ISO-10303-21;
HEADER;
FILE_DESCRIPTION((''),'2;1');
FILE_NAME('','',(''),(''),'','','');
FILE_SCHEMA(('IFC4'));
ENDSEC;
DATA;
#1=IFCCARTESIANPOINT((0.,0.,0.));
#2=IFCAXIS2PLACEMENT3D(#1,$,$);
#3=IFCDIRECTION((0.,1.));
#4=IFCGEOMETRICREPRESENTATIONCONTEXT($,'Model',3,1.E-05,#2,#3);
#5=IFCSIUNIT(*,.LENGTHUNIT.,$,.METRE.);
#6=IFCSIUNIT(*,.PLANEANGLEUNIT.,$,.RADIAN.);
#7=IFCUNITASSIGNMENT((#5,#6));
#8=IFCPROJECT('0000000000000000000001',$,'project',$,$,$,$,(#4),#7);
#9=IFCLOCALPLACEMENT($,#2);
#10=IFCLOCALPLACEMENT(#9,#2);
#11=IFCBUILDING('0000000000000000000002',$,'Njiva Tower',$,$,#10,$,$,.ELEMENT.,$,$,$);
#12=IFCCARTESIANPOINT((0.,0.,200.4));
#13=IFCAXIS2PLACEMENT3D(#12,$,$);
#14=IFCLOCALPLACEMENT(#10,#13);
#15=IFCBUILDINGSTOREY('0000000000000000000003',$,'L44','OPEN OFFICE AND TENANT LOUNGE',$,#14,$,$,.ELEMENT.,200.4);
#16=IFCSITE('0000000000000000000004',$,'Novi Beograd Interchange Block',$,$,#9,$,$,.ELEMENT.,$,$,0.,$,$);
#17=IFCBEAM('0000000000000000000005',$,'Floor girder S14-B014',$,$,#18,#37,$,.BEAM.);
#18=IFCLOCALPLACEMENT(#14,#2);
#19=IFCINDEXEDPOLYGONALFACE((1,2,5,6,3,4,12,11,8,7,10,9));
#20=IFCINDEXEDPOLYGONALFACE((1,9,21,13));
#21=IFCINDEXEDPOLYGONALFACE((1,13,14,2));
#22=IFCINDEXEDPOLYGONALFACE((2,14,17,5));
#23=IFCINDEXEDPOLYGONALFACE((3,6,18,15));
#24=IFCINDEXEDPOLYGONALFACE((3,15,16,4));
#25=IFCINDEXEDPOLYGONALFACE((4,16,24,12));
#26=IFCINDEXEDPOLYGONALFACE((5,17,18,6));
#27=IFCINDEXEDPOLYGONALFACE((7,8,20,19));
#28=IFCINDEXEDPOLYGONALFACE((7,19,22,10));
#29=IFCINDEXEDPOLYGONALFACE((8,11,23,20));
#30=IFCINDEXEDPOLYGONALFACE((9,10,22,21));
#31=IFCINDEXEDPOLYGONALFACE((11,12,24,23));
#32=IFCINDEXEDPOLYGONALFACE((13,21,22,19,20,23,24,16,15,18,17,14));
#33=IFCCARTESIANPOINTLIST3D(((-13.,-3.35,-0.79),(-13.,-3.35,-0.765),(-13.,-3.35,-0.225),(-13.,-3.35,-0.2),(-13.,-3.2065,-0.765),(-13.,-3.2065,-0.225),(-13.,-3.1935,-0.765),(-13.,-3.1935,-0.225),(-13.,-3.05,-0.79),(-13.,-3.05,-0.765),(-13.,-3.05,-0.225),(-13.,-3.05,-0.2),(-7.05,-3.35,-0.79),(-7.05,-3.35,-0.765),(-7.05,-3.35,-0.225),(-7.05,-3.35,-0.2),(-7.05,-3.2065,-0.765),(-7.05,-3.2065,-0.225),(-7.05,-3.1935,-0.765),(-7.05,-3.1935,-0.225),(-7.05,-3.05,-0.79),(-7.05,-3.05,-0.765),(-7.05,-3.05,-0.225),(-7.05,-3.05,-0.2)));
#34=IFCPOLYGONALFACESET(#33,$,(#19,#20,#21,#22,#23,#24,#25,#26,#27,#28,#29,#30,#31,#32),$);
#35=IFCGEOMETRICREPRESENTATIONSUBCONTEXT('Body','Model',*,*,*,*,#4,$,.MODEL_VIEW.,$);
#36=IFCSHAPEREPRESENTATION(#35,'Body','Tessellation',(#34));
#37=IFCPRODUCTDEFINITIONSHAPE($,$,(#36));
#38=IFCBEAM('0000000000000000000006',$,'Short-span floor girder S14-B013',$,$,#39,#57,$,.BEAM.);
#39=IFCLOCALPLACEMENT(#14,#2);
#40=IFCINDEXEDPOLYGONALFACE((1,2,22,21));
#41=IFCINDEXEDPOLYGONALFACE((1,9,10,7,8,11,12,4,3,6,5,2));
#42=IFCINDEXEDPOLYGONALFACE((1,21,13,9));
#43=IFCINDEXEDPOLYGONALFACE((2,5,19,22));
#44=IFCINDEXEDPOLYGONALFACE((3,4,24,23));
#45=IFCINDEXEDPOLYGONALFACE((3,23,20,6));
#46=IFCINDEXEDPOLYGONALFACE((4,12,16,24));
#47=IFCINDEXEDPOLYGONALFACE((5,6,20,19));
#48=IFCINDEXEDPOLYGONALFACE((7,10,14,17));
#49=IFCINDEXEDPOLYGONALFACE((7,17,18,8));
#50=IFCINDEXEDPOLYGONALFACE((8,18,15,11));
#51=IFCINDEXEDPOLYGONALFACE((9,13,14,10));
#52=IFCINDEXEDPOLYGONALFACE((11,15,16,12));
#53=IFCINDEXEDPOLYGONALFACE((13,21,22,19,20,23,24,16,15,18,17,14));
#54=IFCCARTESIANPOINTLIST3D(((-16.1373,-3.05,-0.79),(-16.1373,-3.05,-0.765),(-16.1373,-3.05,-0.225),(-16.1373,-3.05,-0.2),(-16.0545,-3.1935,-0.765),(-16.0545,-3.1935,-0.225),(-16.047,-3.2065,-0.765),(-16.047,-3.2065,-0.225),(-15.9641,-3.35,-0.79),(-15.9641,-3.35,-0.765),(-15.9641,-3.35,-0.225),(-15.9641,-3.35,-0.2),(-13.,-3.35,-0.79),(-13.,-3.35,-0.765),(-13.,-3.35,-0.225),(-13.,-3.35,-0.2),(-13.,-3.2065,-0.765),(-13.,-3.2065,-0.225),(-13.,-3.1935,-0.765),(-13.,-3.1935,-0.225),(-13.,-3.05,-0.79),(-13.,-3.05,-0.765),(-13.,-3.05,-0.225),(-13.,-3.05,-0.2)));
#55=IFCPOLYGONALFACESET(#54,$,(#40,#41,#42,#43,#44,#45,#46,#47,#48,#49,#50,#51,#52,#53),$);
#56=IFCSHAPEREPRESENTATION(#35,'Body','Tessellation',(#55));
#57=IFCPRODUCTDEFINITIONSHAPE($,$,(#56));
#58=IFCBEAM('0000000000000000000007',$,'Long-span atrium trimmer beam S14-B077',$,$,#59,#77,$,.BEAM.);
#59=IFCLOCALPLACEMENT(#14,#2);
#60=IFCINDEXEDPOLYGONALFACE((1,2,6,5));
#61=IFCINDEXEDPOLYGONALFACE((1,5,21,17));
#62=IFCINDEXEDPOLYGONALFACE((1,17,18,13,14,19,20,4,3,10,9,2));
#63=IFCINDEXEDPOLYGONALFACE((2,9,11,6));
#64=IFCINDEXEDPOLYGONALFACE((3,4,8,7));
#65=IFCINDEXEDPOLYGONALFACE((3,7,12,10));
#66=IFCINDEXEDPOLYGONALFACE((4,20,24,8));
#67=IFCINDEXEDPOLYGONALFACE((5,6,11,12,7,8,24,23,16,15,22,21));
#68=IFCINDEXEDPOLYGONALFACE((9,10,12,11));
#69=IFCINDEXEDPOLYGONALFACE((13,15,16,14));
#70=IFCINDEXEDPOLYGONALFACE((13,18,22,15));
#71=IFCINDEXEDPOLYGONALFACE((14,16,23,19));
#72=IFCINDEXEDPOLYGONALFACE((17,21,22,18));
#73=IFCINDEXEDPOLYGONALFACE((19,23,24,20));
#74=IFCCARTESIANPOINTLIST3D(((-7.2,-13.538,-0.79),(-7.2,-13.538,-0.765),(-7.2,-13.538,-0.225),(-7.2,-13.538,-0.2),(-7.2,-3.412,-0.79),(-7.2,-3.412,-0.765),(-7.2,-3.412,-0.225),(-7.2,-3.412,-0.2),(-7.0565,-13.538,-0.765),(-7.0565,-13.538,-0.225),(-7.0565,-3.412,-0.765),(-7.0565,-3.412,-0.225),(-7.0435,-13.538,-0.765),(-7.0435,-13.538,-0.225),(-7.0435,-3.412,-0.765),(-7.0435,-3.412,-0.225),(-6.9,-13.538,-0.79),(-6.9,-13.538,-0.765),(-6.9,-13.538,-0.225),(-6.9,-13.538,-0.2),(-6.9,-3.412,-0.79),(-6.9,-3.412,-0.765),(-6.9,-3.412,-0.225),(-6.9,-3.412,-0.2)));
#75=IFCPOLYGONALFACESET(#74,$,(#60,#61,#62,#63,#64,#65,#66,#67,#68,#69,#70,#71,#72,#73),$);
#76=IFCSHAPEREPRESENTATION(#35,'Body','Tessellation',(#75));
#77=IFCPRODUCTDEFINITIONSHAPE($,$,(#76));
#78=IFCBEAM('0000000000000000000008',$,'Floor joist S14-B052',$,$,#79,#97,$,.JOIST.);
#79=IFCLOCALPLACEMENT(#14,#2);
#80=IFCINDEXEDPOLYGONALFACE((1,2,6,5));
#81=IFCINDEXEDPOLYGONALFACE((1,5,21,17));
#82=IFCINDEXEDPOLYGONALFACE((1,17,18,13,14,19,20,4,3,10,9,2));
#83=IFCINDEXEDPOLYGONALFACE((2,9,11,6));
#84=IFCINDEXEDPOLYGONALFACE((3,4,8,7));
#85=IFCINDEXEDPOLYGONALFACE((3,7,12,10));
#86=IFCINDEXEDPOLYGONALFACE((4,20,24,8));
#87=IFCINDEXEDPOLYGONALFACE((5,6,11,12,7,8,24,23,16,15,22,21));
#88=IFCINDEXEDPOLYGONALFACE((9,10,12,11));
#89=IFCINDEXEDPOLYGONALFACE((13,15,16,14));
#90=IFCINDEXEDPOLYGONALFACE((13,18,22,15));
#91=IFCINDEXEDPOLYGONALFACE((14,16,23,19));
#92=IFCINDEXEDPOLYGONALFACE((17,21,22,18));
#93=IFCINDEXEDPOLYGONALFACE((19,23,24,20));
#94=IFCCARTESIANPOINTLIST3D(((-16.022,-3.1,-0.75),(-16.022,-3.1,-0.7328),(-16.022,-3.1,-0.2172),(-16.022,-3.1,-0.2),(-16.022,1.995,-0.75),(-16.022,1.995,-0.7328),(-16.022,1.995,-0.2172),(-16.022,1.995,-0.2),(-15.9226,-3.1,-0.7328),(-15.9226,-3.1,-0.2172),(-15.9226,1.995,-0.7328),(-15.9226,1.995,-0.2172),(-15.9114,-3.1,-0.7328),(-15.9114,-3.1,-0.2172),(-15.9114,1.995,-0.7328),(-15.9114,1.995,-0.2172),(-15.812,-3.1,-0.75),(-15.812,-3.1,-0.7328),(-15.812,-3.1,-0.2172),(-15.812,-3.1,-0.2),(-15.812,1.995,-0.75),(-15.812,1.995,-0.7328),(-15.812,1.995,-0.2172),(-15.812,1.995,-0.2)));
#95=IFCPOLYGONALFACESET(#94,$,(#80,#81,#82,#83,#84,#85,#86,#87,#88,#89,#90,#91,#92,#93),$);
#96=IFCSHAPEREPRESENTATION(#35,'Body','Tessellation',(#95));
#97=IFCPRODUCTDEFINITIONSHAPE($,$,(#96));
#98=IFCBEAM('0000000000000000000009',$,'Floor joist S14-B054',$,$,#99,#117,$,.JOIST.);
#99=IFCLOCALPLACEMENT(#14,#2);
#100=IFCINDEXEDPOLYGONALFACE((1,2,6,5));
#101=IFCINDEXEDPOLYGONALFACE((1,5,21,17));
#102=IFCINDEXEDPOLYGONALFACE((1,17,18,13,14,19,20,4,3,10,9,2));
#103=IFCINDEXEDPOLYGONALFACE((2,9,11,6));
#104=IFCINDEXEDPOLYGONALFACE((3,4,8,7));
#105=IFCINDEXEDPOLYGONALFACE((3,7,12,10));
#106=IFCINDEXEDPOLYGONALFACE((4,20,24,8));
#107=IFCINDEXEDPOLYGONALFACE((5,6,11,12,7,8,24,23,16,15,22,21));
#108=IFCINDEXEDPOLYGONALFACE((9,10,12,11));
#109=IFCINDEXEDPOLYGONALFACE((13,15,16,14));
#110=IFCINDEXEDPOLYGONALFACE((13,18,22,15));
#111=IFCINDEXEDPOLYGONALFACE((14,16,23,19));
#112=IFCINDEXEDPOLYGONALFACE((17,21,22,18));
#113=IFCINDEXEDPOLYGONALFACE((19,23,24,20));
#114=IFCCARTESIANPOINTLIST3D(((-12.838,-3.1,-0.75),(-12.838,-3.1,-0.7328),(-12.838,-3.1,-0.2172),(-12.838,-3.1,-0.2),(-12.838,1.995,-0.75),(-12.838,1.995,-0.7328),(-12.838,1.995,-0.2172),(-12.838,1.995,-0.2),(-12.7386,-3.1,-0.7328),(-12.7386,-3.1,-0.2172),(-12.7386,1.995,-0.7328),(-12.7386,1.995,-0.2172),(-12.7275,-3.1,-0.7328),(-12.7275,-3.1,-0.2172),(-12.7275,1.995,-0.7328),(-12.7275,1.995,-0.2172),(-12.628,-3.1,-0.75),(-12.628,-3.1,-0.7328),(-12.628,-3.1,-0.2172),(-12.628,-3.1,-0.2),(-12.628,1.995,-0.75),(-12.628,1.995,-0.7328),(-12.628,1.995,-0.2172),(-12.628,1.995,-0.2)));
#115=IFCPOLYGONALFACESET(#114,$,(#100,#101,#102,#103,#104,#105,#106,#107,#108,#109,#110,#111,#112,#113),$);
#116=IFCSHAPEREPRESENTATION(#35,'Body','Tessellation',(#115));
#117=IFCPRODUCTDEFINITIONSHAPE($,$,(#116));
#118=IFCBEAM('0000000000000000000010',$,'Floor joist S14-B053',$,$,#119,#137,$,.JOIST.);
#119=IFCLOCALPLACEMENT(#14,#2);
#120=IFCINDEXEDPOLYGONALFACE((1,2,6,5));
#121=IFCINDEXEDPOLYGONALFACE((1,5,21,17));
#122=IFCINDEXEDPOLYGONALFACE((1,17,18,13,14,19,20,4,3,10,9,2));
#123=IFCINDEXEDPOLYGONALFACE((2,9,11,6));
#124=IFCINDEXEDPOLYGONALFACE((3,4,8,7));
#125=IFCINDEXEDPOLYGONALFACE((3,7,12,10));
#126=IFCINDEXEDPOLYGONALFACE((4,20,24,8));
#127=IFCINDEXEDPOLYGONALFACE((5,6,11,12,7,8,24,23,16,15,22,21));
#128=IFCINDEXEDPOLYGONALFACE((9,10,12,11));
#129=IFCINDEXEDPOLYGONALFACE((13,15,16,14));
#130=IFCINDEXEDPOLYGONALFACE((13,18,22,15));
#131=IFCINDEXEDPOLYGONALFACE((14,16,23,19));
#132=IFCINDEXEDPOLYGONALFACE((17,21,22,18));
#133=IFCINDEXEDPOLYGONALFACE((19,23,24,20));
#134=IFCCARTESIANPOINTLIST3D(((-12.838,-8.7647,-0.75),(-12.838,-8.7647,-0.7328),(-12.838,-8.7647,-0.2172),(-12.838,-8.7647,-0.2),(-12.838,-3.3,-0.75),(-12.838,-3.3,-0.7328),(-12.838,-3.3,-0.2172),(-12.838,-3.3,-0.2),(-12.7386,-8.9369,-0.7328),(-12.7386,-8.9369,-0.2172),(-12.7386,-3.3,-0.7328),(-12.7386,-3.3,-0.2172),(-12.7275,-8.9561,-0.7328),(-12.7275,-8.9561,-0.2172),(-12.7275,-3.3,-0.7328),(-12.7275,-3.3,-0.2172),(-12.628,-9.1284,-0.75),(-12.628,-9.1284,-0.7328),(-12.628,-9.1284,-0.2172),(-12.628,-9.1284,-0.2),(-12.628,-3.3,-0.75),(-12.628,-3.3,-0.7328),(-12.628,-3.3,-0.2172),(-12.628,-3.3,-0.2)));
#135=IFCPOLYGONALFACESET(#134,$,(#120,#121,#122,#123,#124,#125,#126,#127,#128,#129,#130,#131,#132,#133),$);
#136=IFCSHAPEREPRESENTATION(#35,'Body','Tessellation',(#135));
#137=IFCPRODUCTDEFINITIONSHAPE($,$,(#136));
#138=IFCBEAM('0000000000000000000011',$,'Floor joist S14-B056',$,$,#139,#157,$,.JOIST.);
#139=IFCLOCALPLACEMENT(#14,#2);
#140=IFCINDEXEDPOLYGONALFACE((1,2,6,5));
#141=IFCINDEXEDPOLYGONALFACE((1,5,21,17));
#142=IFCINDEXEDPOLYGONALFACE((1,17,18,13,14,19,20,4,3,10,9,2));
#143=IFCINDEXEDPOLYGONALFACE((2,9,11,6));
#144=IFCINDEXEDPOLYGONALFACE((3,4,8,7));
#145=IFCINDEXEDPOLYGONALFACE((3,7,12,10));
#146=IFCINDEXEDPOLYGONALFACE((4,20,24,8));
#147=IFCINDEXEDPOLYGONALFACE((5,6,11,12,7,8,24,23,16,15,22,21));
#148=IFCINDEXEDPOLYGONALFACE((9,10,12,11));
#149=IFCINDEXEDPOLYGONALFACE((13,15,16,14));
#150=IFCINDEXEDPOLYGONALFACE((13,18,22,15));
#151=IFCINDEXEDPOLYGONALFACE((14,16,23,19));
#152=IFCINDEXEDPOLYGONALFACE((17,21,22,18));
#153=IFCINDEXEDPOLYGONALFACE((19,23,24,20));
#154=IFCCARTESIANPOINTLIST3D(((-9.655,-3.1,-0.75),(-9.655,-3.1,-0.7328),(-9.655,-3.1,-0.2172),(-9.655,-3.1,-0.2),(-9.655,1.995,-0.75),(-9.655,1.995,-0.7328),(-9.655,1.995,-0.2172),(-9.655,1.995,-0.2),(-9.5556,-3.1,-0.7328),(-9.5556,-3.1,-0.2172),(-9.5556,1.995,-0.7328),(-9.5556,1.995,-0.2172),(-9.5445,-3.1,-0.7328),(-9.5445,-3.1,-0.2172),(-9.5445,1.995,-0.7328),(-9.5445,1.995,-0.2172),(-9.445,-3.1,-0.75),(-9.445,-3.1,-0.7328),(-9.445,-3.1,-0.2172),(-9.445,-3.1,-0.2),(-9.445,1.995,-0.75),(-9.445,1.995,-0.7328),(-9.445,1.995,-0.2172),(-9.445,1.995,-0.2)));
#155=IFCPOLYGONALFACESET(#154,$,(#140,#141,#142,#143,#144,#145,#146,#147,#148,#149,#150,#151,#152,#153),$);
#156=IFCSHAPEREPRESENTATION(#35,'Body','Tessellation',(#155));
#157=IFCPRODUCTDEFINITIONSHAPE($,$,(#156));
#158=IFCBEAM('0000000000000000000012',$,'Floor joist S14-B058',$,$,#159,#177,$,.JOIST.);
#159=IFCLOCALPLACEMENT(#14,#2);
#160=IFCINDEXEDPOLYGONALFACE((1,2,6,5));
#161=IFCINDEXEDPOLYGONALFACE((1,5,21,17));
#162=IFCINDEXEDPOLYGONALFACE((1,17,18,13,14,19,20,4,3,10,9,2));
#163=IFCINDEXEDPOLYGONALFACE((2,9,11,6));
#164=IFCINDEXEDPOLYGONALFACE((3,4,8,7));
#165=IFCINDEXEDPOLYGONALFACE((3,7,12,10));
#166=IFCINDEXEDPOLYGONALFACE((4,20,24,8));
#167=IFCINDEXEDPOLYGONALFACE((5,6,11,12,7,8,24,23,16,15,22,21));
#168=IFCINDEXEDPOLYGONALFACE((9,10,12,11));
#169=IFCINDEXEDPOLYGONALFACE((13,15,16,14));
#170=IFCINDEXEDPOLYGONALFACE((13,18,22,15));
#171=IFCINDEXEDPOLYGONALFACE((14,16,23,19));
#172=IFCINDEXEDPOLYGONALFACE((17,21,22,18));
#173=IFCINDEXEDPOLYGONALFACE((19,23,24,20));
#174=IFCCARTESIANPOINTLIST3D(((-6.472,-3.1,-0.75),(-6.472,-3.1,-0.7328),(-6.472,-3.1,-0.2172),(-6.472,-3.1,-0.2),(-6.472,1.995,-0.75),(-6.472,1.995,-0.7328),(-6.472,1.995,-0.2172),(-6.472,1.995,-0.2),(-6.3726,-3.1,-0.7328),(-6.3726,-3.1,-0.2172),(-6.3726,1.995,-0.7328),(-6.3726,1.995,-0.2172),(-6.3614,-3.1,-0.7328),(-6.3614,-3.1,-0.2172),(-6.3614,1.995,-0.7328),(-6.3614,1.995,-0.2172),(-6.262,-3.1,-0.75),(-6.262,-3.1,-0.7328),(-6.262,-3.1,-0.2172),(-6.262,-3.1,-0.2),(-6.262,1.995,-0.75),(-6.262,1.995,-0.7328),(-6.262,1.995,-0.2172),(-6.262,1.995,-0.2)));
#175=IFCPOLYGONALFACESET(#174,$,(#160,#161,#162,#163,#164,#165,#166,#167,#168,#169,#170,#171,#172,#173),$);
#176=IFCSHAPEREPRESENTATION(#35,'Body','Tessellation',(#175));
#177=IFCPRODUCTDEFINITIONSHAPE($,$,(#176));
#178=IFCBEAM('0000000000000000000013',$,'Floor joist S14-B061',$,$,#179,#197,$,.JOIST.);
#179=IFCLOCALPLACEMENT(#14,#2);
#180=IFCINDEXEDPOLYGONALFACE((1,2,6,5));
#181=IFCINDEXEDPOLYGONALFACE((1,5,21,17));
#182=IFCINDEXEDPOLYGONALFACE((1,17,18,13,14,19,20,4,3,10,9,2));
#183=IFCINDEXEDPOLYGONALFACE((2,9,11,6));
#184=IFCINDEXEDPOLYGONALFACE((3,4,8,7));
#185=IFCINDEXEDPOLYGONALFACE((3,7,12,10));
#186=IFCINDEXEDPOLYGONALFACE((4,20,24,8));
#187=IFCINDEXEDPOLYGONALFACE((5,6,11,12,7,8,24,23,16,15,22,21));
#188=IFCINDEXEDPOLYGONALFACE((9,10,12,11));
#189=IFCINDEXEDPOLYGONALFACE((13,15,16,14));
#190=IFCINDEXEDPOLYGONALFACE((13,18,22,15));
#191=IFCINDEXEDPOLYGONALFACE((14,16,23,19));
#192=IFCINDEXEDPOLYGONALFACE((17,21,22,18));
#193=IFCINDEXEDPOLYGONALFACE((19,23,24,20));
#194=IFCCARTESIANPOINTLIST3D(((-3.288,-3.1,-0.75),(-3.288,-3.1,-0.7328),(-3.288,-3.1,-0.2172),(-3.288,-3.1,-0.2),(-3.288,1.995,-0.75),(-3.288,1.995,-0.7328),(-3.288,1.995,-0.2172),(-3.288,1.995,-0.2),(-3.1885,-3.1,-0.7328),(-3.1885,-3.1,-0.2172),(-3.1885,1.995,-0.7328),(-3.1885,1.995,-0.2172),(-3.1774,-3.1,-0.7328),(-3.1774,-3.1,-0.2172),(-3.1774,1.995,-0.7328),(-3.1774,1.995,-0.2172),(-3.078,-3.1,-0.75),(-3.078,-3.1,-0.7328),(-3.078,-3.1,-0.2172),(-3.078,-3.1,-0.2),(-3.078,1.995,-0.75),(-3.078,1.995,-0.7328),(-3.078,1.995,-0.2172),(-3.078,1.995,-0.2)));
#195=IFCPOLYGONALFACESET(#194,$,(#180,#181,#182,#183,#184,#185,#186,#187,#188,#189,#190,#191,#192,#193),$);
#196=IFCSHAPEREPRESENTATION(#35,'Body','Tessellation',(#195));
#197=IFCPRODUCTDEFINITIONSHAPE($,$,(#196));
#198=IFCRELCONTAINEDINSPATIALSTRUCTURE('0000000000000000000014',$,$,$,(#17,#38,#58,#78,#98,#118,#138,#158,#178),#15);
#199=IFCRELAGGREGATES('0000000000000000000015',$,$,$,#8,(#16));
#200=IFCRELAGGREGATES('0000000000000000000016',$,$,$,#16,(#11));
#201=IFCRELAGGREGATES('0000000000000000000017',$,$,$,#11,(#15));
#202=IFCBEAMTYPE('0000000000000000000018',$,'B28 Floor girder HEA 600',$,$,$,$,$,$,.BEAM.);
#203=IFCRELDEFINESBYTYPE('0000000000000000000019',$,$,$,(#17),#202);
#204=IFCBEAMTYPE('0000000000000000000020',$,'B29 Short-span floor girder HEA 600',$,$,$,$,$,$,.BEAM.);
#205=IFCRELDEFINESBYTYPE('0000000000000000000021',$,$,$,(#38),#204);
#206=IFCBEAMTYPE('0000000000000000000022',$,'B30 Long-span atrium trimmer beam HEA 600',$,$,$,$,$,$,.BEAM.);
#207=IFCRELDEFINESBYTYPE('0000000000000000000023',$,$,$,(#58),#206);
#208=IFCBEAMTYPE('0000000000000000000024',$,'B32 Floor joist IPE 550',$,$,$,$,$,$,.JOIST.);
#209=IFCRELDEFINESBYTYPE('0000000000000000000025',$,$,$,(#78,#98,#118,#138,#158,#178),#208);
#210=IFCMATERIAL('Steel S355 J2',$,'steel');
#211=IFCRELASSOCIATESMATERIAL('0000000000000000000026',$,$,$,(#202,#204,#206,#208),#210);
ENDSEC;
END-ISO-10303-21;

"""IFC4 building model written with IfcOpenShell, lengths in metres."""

from ifc_helpers import new_model, si_unit, direction, frame, origin, origin_2d, place, context, subcontext, project, spatial, i_section, extrude, clip, halfspace, material, material_profile, profile_set, type_object, element, save


model = new_model("IFC4")

# Units and contexts
model_context = context("Model", 3, precision=1e-05, world=origin(), true_north=direction((0.0, 1.0)))
body_context = subcontext(model_context, "Body", "Model", "MODEL_VIEW")
ifc_project = project(units=[si_unit("LENGTHUNIT", "METRE"), si_unit("PLANEANGLEUNIT", "RADIAN")], contexts=[model_context])

# Site, building, storey
site_placement = place(None, origin())
site = spatial("IfcSite", under=ifc_project, at=site_placement, Name="Novi Beograd Interchange Block", CompositionType="ELEMENT", RefElevation=0.0)
building_placement = place(site_placement, origin())
building = spatial("IfcBuilding", under=site, at=building_placement, Name="Njiva Tower", CompositionType="ELEMENT")
storey_placement = place(building_placement, frame((0.0, 0.0, 200.4)))
storey = spatial("IfcBuildingStorey", under=building, at=storey_placement, Name="L44", Description="OPEN OFFICE AND TENANT LOUNGE", CompositionType="ELEMENT", Elevation=200.4)

# Shared definitions
ifc_material_1 = material(Name="Steel S355 J2", Category="steel")

# Beams
ifc_material_profile_1 = material_profile(ifc_material_1, i_section(OverallWidth=0.3, OverallDepth=0.59, WebThickness=0.013, FlangeThickness=0.025, at=origin_2d()), Name="HEA 600")
ifc_profile_set_1 = profile_set([ifc_material_profile_1], Name="Steel S355 J2")
beam_type_1 = type_object("IfcBeamType", Name="B28 Floor girder HEA 600", PredefinedType="BEAM", material=ifc_profile_set_1)
beam_1_placement = place(storey_placement, frame((-13.0, -3.2, -0.495), z_axis=(1.0, 0.0, 0.0), x_axis=(0.0, 1.0, 0.0)))
element("IfcBeam", 1, at=beam_1_placement, inside=storey, type_object=beam_type_1, Name="Floor girder S14-B014", PredefinedType="BEAM", context=body_context, shape_type="SweptSolid", body=[
    extrude(i_section(OverallWidth=0.3, OverallDepth=0.59, WebThickness=0.013, FlangeThickness=0.025, at=origin_2d()), origin(), (0.0, 0.0, 1.0), 5.95),
])
ifc_material_profile_2 = material_profile(ifc_material_1, i_section(OverallWidth=0.3, OverallDepth=0.59, WebThickness=0.013, FlangeThickness=0.025, at=origin_2d()), Name="HEA 600")
ifc_profile_set_2 = profile_set([ifc_material_profile_2], Name="Steel S355 J2")
beam_type_2 = type_object("IfcBeamType", Name="B29 Short-span floor girder HEA 600", PredefinedType="BEAM", material=ifc_profile_set_2)
beam_2_placement = place(storey_placement, frame((-16.158, -3.2, -0.495), z_axis=(1.0, 0.0, 0.0), x_axis=(0.0, 1.0, 0.0)))
element("IfcBeam", 2, at=beam_2_placement, inside=storey, type_object=beam_type_2, Name="Short-span floor girder S14-B013", PredefinedType="BEAM", context=body_context, shape_type="Clipping", body=[
    clip(extrude(i_section(OverallWidth=0.3, OverallDepth=0.59, WebThickness=0.013, FlangeThickness=0.025, at=origin_2d()), origin(), (0.0, 0.0, 1.0), 3.158), halfspace(frame((-0.025, 0.0, 0.1217), z_axis=(-0.499998, 0.0, -0.866027), x_axis=(0.0, -1.0, 0.0)), False)),
])
ifc_material_profile_3 = material_profile(ifc_material_1, i_section(OverallWidth=0.3, OverallDepth=0.59, WebThickness=0.013, FlangeThickness=0.025, at=origin_2d()), Name="HEA 600")
ifc_profile_set_3 = profile_set([ifc_material_profile_3], Name="Steel S355 J2")
beam_type_3 = type_object("IfcBeamType", Name="B30 Long-span atrium trimmer beam HEA 600", PredefinedType="BEAM", material=ifc_profile_set_3)
beam_3_placement = place(storey_placement, frame((-7.05, -3.412, -0.495), z_axis=(0.0, -1.0, 0.0), x_axis=(1.0, 0.0, 0.0)))
element("IfcBeam", 3, at=beam_3_placement, inside=storey, type_object=beam_type_3, Name="Long-span atrium trimmer beam S14-B077", PredefinedType="BEAM", context=body_context, shape_type="SweptSolid", body=[
    extrude(i_section(OverallWidth=0.3, OverallDepth=0.59, WebThickness=0.013, FlangeThickness=0.025, at=origin_2d()), origin(), (0.0, 0.0, 1.0), 10.126),
])
ifc_material_profile_4 = material_profile(ifc_material_1, i_section(OverallWidth=0.21, OverallDepth=0.55, WebThickness=0.0111, FlangeThickness=0.0172, at=origin_2d()), Name="IPE 550")
ifc_profile_set_4 = profile_set([ifc_material_profile_4], Name="Steel S355 J2")
beam_type_4 = type_object("IfcBeamType", Name="B32 Floor joist IPE 550", PredefinedType="JOIST", material=ifc_profile_set_4)
for number, where, z_axis, x_axis, name in (
    (4, (-15.917, 1.995, -0.475), (0.0, -1.0, 0.0), (1.0, 0.0, 0.0), "Floor joist S14-B052"),
    (5, (-12.733, 1.995, -0.475), (0.0, -1.0, 0.0), (1.0, 0.0, 0.0), "Floor joist S14-B054"),
):
    element("IfcBeam", number, at=place(storey_placement, frame(where, z_axis=z_axis, x_axis=x_axis)), inside=storey, type_object=beam_type_4, Name=name, PredefinedType="JOIST", context=body_context, shape_type="SweptSolid", body=[
        extrude(i_section(OverallWidth=0.21, OverallDepth=0.55, WebThickness=0.0111, FlangeThickness=0.0172, at=origin_2d()), origin(), (0.0, 0.0, 1.0), 5.095),
    ])
beam_4_placement = place(storey_placement, frame((-12.733, -3.3, -0.475), z_axis=(0.0, -1.0, 0.0), x_axis=(1.0, 0.0, 0.0)))
element("IfcBeam", 6, at=beam_4_placement, inside=storey, type_object=beam_type_4, Name="Floor joist S14-B053", PredefinedType="JOIST", context=body_context, shape_type="Clipping", body=[
    clip(extrude(i_section(OverallWidth=0.21, OverallDepth=0.55, WebThickness=0.0111, FlangeThickness=0.0172, at=origin_2d()), origin(), (0.0, 0.0, 1.0), 5.848), halfspace(frame((-0.0436, 0.0, 5.571), z_axis=(-0.866027, 0.0, 0.499998), x_axis=(0.0, 1.0, 0.0)), False)),
])
for number, where, z_axis, x_axis, name in (
    (7, (-9.55, 1.995, -0.475), (0.0, -1.0, 0.0), (1.0, 0.0, 0.0), "Floor joist S14-B056"),
    (8, (-6.367, 1.995, -0.475), (0.0, -1.0, 0.0), (1.0, 0.0, 0.0), "Floor joist S14-B058"),
    (9, (-3.183, 1.995, -0.475), (0.0, -1.0, 0.0), (1.0, 0.0, 0.0), "Floor joist S14-B061"),
):
    element("IfcBeam", number, at=place(storey_placement, frame(where, z_axis=z_axis, x_axis=x_axis)), inside=storey, type_object=beam_type_4, Name=name, PredefinedType="JOIST", context=body_context, shape_type="SweptSolid", body=[
        extrude(i_section(OverallWidth=0.21, OverallDepth=0.55, WebThickness=0.0111, FlangeThickness=0.0172, at=origin_2d()), origin(), (0.0, 0.0, 1.0), 5.095),
    ])

save(model, "model.ifc")
